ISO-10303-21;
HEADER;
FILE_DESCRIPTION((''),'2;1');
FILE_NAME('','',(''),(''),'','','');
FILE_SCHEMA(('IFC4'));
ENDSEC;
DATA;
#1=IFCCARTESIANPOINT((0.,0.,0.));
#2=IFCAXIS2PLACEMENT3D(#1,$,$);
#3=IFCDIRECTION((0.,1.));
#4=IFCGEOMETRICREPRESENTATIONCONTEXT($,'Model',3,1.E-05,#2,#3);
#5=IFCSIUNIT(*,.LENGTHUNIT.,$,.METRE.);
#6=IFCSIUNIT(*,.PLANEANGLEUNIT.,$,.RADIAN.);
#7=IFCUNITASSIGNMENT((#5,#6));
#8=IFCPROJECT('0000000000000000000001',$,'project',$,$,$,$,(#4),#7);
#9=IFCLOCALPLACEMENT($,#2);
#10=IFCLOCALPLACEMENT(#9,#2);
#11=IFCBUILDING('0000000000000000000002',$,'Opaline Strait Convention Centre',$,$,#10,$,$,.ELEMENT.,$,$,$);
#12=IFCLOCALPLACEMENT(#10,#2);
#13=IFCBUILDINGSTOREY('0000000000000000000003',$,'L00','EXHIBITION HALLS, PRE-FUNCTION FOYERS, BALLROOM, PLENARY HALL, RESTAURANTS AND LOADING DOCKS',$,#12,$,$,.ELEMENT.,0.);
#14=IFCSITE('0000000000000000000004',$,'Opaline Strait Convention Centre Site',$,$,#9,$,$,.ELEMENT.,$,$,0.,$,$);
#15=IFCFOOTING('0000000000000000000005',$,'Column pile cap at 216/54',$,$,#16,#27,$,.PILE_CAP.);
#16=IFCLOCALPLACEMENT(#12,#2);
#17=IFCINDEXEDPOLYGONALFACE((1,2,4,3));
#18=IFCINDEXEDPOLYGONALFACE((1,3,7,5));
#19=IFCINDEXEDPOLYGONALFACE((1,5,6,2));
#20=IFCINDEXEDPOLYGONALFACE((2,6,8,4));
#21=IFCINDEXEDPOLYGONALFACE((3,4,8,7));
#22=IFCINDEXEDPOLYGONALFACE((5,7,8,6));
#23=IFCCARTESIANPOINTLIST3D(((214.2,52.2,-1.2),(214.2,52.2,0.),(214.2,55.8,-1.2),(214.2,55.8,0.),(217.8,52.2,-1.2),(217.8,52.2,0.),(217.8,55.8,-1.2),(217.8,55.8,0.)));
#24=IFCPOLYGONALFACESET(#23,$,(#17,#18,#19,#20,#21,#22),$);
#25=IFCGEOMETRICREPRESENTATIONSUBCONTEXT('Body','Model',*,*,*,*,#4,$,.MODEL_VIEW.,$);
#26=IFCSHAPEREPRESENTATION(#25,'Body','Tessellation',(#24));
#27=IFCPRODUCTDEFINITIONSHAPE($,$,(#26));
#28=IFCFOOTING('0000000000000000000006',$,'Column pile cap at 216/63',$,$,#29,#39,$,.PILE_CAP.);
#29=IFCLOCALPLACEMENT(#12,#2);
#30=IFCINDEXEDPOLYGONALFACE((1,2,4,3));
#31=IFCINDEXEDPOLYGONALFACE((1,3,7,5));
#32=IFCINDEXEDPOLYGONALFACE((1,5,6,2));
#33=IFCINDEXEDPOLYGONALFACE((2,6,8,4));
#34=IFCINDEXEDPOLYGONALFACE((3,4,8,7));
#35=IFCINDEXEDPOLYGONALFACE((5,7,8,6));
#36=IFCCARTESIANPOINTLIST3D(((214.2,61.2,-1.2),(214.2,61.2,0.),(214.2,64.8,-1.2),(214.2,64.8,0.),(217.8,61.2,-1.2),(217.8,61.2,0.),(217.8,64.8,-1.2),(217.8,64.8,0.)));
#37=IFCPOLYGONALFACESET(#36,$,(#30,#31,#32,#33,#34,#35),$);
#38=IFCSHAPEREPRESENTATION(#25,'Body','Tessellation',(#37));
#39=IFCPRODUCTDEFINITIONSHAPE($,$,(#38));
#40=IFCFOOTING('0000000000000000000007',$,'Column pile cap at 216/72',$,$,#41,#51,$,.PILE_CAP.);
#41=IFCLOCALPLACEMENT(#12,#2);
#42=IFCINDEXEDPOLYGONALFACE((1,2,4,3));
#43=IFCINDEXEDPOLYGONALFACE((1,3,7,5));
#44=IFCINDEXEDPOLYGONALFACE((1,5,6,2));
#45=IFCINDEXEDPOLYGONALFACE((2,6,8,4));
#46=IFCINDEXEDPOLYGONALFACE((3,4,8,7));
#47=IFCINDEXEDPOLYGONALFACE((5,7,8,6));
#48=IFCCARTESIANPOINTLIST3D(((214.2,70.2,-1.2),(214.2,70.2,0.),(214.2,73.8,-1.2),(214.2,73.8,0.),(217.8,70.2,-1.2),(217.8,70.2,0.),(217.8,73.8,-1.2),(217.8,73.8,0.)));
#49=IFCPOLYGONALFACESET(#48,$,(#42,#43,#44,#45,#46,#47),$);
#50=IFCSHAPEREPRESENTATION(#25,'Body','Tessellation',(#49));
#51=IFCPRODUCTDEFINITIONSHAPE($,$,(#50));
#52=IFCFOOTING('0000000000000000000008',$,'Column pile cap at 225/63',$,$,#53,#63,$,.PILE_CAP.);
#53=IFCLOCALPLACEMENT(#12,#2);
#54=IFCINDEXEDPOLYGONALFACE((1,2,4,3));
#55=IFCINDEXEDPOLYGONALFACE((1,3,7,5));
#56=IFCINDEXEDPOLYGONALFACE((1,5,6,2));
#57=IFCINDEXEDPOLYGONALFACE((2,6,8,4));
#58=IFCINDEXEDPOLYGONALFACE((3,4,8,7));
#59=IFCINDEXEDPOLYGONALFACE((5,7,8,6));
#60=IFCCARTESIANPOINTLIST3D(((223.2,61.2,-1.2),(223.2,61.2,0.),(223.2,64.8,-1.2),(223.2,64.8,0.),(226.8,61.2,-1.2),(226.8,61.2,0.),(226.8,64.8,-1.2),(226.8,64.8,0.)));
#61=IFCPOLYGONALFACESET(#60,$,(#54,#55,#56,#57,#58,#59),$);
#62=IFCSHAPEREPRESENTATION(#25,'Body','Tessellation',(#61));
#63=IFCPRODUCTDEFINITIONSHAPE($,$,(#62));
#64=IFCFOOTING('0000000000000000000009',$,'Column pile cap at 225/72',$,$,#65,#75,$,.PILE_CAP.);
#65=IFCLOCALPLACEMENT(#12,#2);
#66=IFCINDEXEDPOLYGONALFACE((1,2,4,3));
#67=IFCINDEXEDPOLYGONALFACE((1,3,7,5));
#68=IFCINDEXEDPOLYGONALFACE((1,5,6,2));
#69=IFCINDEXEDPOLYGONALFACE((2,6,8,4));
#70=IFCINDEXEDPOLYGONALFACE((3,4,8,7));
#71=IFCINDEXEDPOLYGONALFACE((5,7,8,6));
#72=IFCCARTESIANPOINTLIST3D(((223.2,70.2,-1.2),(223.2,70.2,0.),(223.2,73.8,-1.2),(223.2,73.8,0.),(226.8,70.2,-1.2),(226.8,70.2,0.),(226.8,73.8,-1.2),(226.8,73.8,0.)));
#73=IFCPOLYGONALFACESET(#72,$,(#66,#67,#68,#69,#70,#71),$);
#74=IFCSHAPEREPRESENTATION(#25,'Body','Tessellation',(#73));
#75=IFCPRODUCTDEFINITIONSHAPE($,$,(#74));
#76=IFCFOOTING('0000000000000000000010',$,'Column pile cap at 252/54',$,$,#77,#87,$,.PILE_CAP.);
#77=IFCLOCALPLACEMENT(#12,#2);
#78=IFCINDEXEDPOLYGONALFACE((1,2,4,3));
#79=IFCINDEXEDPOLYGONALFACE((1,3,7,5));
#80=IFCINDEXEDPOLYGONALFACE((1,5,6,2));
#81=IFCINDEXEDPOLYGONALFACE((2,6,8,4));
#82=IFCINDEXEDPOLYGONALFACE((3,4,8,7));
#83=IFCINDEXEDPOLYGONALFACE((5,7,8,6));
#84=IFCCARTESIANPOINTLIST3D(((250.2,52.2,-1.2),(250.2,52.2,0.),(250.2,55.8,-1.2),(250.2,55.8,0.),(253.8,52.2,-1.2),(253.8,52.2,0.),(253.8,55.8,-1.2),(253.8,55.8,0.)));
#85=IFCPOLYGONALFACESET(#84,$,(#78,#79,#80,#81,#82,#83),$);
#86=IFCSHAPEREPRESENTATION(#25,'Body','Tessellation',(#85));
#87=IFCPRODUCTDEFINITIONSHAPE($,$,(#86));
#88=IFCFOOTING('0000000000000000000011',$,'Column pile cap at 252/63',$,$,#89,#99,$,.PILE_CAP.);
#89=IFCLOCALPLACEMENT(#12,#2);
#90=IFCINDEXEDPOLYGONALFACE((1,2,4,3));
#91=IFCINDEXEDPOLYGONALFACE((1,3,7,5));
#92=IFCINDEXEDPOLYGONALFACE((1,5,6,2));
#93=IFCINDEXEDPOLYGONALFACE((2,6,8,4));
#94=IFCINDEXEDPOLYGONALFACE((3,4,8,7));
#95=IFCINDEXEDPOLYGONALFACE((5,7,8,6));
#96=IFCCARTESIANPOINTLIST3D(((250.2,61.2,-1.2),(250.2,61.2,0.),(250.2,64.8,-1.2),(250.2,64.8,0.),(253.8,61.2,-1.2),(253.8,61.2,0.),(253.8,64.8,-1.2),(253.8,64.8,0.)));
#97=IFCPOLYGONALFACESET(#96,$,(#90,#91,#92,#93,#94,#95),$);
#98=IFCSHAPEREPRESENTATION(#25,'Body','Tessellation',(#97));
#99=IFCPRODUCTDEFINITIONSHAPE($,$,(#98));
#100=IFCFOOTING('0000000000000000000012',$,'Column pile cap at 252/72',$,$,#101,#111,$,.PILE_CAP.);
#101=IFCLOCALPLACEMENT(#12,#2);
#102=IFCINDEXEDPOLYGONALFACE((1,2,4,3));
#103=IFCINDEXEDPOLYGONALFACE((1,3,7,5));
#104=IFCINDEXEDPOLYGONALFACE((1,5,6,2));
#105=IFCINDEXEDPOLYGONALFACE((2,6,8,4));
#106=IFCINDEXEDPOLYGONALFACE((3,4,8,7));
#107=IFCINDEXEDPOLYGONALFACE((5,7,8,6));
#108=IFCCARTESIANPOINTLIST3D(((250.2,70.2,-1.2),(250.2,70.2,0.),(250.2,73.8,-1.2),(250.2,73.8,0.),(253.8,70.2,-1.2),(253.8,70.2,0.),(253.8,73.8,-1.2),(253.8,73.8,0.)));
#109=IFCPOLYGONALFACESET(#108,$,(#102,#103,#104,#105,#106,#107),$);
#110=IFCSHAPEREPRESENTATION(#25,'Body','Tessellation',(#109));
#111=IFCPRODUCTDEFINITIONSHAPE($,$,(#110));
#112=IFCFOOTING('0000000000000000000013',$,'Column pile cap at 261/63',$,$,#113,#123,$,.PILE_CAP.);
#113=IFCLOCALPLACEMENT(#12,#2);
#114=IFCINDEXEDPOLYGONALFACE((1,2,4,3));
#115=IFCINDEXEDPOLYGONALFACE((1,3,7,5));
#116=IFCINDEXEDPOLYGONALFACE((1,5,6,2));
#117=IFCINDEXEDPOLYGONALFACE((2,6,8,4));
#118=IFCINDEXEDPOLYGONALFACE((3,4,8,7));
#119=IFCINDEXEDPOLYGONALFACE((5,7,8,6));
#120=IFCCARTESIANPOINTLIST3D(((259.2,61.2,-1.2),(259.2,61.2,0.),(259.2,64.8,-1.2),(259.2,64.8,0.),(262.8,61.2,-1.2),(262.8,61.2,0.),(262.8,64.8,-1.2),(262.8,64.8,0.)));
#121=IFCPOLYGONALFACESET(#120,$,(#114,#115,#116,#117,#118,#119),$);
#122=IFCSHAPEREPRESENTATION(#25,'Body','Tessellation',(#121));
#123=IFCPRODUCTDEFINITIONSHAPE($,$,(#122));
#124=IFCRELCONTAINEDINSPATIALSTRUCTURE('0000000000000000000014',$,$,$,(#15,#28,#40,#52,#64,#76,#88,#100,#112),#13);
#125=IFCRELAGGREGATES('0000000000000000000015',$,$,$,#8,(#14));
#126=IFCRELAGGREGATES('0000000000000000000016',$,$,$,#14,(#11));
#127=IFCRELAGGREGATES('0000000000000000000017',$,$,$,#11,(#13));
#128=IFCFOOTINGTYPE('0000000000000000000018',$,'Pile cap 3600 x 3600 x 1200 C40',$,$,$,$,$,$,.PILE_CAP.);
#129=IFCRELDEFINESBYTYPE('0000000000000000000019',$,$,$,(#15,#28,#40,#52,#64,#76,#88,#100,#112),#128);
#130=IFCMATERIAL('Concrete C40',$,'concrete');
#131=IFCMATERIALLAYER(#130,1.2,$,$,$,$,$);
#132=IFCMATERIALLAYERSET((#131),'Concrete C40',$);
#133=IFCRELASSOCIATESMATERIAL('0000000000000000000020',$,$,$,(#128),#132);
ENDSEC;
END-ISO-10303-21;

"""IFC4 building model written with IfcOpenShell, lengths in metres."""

from ifc_helpers import new_model, si_unit, direction, frame, origin, place, context, subcontext, project, spatial, polyline, outline, extrude, material, layer, layer_set, type_object, element, save


model = new_model("IFC4")

# Units and contexts
model_context = context("Model", 3, precision=1e-05, world=origin(), true_north=direction((0.0, 1.0)))
body_context = subcontext(model_context, "Body", "Model", "MODEL_VIEW")
ifc_project = project(units=[si_unit("LENGTHUNIT", "METRE"), si_unit("PLANEANGLEUNIT", "RADIAN")], contexts=[model_context])

# Site, building, storey
site_placement = place(None, origin())
site = spatial("IfcSite", under=ifc_project, at=site_placement, Name="Opaline Strait Convention Centre Site", CompositionType="ELEMENT", RefElevation=0.0)
building_placement = place(site_placement, origin())
building = spatial("IfcBuilding", under=site, at=building_placement, Name="Opaline Strait Convention Centre", CompositionType="ELEMENT")
storey_placement = place(building_placement, origin())
storey = spatial("IfcBuildingStorey", under=building, at=storey_placement, Name="L00", Description="EXHIBITION HALLS, PRE-FUNCTION FOYERS, BALLROOM, PLENARY HALL, RESTAURANTS AND LOADING DOCKS", CompositionType="ELEMENT", Elevation=0.0)

# Footings
ifc_material = material(Name="Concrete C40", Category="concrete")
ifc_layer_1 = layer(ifc_material, 1.2)
ifc_layer_set_1 = layer_set([ifc_layer_1], Name="Concrete C40")
footing_type_1 = type_object("IfcFootingType", Name="Pile cap 3600 x 3600 x 1200 C40", PredefinedType="PILE_CAP", material=ifc_layer_set_1)
footing_1_placement = place(storey_placement, frame((0.0, 0.0, -1.2)))
element("IfcFooting", 1, at=footing_1_placement, inside=storey, type_object=footing_type_1, Name="Column pile cap at 216/54", PredefinedType="PILE_CAP", context=body_context, shape_type="SweptSolid", body=[
    extrude(outline(polyline([(214.2, 52.2), (217.8, 52.2), (217.8, 55.8), (214.2, 55.8), (214.2, 52.2)])), origin(), (0.0, 0.0, 1.0), 1.2),
])
footing_2_placement = place(storey_placement, frame((0.0, 0.0, -1.2)))
element("IfcFooting", 2, at=footing_2_placement, inside=storey, type_object=footing_type_1, Name="Column pile cap at 216/63", PredefinedType="PILE_CAP", context=body_context, shape_type="SweptSolid", body=[
    extrude(outline(polyline([(214.2, 61.2), (217.8, 61.2), (217.8, 64.8), (214.2, 64.8), (214.2, 61.2)])), origin(), (0.0, 0.0, 1.0), 1.2),
])
footing_3_placement = place(storey_placement, frame((0.0, 0.0, -1.2)))
element("IfcFooting", 3, at=footing_3_placement, inside=storey, type_object=footing_type_1, Name="Column pile cap at 216/72", PredefinedType="PILE_CAP", context=body_context, shape_type="SweptSolid", body=[
    extrude(outline(polyline([(214.2, 70.2), (217.8, 70.2), (217.8, 73.8), (214.2, 73.8), (214.2, 70.2)])), origin(), (0.0, 0.0, 1.0), 1.2),
])
footing_4_placement = place(storey_placement, frame((0.0, 0.0, -1.2)))
element("IfcFooting", 4, at=footing_4_placement, inside=storey, type_object=footing_type_1, Name="Column pile cap at 225/63", PredefinedType="PILE_CAP", context=body_context, shape_type="SweptSolid", body=[
    extrude(outline(polyline([(223.2, 61.2), (226.8, 61.2), (226.8, 64.8), (223.2, 64.8), (223.2, 61.2)])), origin(), (0.0, 0.0, 1.0), 1.2),
])
footing_5_placement = place(storey_placement, frame((0.0, 0.0, -1.2)))
element("IfcFooting", 5, at=footing_5_placement, inside=storey, type_object=footing_type_1, Name="Column pile cap at 225/72", PredefinedType="PILE_CAP", context=body_context, shape_type="SweptSolid", body=[
    extrude(outline(polyline([(223.2, 70.2), (226.8, 70.2), (226.8, 73.8), (223.2, 73.8), (223.2, 70.2)])), origin(), (0.0, 0.0, 1.0), 1.2),
])
footing_6_placement = place(storey_placement, frame((0.0, 0.0, -1.2)))
element("IfcFooting", 6, at=footing_6_placement, inside=storey, type_object=footing_type_1, Name="Column pile cap at 252/54", PredefinedType="PILE_CAP", context=body_context, shape_type="SweptSolid", body=[
    extrude(outline(polyline([(250.2, 52.2), (253.8, 52.2), (253.8, 55.8), (250.2, 55.8), (250.2, 52.2)])), origin(), (0.0, 0.0, 1.0), 1.2),
])
footing_7_placement = place(storey_placement, frame((0.0, 0.0, -1.2)))
element("IfcFooting", 7, at=footing_7_placement, inside=storey, type_object=footing_type_1, Name="Column pile cap at 252/63", PredefinedType="PILE_CAP", context=body_context, shape_type="SweptSolid", body=[
    extrude(outline(polyline([(250.2, 61.2), (253.8, 61.2), (253.8, 64.8), (250.2, 64.8), (250.2, 61.2)])), origin(), (0.0, 0.0, 1.0), 1.2),
])
footing_8_placement = place(storey_placement, frame((0.0, 0.0, -1.2)))
element("IfcFooting", 8, at=footing_8_placement, inside=storey, type_object=footing_type_1, Name="Column pile cap at 252/72", PredefinedType="PILE_CAP", context=body_context, shape_type="SweptSolid", body=[
    extrude(outline(polyline([(250.2, 70.2), (253.8, 70.2), (253.8, 73.8), (250.2, 73.8), (250.2, 70.2)])), origin(), (0.0, 0.0, 1.0), 1.2),
])
footing_9_placement = place(storey_placement, frame((0.0, 0.0, -1.2)))
element("IfcFooting", 9, at=footing_9_placement, inside=storey, type_object=footing_type_1, Name="Column pile cap at 261/63", PredefinedType="PILE_CAP", context=body_context, shape_type="SweptSolid", body=[
    extrude(outline(polyline([(259.2, 61.2), (262.8, 61.2), (262.8, 64.8), (259.2, 64.8), (259.2, 61.2)])), origin(), (0.0, 0.0, 1.0), 1.2),
])

save(model, "model.ifc")
